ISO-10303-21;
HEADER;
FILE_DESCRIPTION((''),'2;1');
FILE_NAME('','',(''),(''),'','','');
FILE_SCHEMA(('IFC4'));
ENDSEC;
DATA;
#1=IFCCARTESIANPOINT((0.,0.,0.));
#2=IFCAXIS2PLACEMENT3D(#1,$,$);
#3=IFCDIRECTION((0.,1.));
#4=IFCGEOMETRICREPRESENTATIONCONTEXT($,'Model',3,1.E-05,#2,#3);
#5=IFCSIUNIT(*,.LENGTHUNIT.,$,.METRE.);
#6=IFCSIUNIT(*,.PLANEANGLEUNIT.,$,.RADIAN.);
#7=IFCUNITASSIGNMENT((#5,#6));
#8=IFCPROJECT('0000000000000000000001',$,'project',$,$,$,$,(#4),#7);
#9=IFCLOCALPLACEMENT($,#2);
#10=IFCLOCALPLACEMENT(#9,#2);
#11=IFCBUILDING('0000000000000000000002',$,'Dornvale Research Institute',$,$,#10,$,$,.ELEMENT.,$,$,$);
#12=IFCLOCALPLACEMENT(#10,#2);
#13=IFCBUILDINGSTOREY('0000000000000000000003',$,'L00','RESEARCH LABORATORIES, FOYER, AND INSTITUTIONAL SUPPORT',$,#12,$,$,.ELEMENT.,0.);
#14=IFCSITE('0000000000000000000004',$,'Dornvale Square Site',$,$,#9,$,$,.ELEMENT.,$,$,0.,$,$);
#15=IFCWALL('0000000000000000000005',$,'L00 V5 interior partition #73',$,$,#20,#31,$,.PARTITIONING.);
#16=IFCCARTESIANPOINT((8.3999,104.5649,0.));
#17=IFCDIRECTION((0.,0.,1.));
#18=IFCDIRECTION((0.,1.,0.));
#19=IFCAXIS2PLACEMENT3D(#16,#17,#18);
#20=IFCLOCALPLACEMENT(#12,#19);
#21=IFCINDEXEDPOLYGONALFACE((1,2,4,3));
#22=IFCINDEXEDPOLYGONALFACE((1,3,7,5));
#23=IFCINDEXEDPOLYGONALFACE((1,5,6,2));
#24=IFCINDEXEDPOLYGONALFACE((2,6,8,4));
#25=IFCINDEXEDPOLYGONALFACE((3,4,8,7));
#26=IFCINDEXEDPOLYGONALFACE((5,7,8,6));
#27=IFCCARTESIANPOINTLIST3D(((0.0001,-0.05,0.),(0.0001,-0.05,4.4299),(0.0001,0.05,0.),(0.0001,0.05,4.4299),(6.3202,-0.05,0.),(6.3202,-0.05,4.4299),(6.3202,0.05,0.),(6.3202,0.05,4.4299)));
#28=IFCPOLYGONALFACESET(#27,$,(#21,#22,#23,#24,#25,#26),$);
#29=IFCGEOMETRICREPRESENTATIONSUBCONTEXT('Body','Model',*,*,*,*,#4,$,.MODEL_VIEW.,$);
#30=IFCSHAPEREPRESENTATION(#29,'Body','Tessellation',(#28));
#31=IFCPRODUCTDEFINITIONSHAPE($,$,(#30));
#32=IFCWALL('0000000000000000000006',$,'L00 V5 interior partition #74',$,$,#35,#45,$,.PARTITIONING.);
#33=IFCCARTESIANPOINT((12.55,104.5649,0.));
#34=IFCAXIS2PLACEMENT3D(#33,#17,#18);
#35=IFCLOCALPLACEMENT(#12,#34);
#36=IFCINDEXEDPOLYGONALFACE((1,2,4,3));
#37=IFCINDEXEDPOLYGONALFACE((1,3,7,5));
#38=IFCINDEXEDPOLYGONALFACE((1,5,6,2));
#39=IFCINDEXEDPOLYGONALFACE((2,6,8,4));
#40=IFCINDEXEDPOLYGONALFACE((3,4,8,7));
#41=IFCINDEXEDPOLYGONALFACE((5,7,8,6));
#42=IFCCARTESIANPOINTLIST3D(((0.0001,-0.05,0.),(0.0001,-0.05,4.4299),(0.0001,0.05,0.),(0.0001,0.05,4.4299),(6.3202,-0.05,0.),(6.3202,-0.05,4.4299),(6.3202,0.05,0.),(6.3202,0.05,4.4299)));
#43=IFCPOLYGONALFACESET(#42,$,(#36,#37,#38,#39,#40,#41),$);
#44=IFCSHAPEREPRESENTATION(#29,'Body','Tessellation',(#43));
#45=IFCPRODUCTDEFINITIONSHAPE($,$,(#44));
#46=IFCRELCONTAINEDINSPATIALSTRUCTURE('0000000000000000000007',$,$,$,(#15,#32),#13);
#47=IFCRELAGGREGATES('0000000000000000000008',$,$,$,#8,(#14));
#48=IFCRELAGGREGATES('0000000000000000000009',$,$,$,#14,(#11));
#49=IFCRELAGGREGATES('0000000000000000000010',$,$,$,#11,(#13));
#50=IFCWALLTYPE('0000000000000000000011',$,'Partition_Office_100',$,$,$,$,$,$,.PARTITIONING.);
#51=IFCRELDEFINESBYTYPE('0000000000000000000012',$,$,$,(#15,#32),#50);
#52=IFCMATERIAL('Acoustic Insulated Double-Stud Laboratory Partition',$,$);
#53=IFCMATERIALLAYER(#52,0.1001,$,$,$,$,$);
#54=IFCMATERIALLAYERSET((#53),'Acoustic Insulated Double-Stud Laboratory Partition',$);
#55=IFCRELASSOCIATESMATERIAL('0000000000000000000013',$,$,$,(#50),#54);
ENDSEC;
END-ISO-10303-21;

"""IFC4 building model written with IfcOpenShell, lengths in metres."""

from ifc_helpers import new_model, si_unit, direction, frame, frame_2d, origin, place, context, subcontext, project, spatial, rectangle, extrude, material, layer, layer_set, type_object, element, save


model = new_model("IFC4")

# Units and contexts
model_context = context("Model", 3, precision=1e-05, world=origin(), true_north=direction((0.0, 1.0)))
body_context = subcontext(model_context, "Body", "Model", "MODEL_VIEW")
ifc_project = project(units=[si_unit("LENGTHUNIT", "METRE"), si_unit("PLANEANGLEUNIT", "RADIAN")], contexts=[model_context])

# Site, building, storey
site_placement = place(None, origin())
site = spatial("IfcSite", under=ifc_project, at=site_placement, Name="Dornvale Square Site", CompositionType="ELEMENT", RefElevation=0.0)
building_placement = place(site_placement, origin())
building = spatial("IfcBuilding", under=site, at=building_placement, Name="Dornvale Research Institute", CompositionType="ELEMENT")
storey_placement = place(building_placement, origin())
storey = spatial("IfcBuildingStorey", under=building, at=storey_placement, Name="L00", Description="RESEARCH LABORATORIES, FOYER, AND INSTITUTIONAL SUPPORT", CompositionType="ELEMENT", Elevation=0.0)

# Walls
ifc_material_1 = material(Name="Acoustic Insulated Double-Stud Laboratory Partition")
ifc_layer_1 = layer(ifc_material_1, 0.1001)
ifc_layer_set_1 = layer_set([ifc_layer_1], Name="Acoustic Insulated Double-Stud Laboratory Partition")
wall_type_1 = type_object("IfcWallType", Name="Partition_Office_100", PredefinedType="PARTITIONING", material=ifc_layer_set_1)
for number, where, z_axis, x_axis, name in (
    (1, (8.3999, 104.5649, 0.0), (0.0, 0.0, 1.0), (0.0, 1.0, 0.0), "L00 V5 interior partition #73"),
    (2, (12.55, 104.5649, 0.0), (0.0, 0.0, 1.0), (0.0, 1.0, 0.0), "L00 V5 interior partition #74"),
):
    element("IfcWall", number, at=place(storey_placement, frame(where, z_axis=z_axis, x_axis=x_axis)), inside=storey, type_object=wall_type_1, Name=name, PredefinedType="PARTITIONING", context=body_context, shape_type="SweptSolid", body=[
        extrude(rectangle(XDim=6.3201, YDim=0.1001, at=frame_2d((3.1602, 0.0))), origin(), (0.0, 0.0, 1.0), 4.4299),
    ])

save(model, "model.ifc")
